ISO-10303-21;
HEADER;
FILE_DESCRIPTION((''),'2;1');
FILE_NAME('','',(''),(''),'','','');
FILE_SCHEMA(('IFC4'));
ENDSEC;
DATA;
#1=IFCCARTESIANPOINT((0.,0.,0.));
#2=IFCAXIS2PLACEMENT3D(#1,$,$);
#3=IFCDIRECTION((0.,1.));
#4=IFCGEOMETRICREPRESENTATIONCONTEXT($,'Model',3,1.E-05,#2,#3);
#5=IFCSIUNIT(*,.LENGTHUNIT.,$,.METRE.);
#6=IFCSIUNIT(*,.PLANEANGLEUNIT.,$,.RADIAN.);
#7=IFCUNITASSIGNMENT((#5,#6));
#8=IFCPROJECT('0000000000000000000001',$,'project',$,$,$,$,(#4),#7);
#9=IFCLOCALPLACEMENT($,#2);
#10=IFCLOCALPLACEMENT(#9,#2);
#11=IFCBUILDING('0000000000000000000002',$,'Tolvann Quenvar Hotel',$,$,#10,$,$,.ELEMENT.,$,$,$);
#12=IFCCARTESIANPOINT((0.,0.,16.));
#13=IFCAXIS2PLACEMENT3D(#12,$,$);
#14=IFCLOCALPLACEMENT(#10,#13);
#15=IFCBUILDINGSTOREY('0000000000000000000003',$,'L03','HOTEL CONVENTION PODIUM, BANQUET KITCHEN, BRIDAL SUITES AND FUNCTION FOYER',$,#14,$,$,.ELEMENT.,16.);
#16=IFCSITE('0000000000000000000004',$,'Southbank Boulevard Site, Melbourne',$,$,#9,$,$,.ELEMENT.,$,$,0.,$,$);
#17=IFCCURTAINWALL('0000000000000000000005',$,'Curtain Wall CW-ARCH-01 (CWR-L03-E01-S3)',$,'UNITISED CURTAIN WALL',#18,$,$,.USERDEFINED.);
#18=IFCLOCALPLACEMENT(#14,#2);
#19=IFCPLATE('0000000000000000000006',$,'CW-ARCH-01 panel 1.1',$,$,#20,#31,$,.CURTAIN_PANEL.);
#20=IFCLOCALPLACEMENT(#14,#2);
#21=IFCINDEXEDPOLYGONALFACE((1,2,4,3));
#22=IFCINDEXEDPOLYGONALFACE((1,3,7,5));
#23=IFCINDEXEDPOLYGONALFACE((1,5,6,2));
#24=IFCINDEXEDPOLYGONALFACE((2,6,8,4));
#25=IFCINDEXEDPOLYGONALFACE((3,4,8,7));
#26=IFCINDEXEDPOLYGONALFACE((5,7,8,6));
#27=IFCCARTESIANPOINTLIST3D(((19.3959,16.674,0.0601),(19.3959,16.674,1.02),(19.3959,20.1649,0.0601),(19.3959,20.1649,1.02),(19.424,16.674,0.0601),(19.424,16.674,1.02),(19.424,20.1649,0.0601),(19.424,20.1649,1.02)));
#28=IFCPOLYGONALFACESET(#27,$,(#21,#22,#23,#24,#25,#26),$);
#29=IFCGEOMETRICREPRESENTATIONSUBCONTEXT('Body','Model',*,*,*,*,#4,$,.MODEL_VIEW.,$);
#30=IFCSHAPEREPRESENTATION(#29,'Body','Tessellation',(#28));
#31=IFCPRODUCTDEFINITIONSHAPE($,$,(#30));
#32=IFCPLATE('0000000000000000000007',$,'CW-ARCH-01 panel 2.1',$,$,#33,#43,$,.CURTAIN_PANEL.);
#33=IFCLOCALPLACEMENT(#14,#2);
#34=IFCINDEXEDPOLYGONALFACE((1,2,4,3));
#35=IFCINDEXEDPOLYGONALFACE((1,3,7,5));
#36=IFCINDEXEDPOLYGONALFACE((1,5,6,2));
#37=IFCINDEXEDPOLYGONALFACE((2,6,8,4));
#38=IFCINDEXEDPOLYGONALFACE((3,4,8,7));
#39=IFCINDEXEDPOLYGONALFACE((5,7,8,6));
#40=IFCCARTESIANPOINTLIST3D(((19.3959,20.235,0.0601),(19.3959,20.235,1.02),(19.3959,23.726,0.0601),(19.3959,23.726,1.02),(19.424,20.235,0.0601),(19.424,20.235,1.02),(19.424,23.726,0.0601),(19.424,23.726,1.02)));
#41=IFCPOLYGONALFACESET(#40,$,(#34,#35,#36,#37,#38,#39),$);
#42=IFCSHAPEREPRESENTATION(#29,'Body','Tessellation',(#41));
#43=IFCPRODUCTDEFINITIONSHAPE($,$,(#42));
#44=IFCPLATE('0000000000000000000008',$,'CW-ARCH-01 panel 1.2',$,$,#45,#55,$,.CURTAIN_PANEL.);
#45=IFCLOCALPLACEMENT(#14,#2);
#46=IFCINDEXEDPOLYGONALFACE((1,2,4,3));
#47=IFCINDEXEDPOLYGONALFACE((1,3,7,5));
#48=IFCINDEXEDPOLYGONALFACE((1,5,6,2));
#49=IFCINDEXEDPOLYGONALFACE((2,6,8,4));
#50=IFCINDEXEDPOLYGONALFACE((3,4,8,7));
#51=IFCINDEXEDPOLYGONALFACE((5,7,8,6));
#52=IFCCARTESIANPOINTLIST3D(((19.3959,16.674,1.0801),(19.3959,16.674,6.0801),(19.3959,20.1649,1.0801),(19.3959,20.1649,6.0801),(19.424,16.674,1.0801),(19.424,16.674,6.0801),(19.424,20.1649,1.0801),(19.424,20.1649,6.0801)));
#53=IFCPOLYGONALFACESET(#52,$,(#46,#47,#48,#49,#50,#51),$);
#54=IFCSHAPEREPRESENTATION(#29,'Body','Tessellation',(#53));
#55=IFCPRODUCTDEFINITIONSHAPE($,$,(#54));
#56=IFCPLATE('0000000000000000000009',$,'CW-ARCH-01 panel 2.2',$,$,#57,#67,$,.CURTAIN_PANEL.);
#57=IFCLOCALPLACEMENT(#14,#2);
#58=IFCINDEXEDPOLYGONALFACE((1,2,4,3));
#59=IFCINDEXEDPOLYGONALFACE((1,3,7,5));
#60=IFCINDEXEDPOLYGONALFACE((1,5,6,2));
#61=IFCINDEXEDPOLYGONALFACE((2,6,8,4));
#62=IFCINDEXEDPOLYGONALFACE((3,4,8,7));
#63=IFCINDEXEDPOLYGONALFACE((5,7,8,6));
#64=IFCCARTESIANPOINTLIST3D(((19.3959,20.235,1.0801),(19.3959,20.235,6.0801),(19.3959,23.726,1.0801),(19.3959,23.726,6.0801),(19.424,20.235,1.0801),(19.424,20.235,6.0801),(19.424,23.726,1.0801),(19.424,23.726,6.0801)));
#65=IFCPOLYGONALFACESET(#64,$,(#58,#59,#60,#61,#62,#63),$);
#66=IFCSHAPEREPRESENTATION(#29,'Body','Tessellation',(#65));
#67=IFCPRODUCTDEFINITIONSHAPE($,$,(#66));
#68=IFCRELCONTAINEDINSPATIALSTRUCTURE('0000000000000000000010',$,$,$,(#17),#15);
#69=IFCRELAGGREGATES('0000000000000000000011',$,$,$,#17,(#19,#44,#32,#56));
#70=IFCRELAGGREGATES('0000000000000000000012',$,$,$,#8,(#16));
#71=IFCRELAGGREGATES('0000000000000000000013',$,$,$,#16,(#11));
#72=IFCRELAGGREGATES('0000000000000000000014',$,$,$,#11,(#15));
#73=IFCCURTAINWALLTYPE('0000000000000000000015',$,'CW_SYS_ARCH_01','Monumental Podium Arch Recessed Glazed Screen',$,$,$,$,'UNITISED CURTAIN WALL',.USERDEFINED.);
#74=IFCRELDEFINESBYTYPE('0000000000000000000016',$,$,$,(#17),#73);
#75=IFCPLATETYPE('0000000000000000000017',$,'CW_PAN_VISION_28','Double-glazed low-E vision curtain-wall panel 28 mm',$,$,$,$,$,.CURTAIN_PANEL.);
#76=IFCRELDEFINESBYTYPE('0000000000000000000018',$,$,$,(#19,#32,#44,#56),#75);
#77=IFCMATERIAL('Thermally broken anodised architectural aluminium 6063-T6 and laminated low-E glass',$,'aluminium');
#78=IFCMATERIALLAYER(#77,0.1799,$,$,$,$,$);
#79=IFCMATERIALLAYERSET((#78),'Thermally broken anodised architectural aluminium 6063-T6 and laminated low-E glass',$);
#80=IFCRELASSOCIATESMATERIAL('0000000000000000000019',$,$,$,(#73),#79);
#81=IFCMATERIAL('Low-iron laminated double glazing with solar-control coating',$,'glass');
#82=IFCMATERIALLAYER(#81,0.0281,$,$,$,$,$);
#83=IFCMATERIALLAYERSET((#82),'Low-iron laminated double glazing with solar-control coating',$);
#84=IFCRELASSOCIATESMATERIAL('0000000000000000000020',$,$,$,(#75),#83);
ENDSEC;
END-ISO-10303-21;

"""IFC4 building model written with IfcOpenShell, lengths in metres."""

from ifc_helpers import new_model, si_unit, direction, frame, origin, origin_2d, place, context, subcontext, project, spatial, rectangle, extrude, source, transform, mapped, material, layer, layer_set, type_object, type_shapes, element, aggregate, save


model = new_model("IFC4")

# Units and contexts
model_context = context("Model", 3, precision=1e-05, world=origin(), true_north=direction((0.0, 1.0)))
body_context = subcontext(model_context, "Body", "Model", "MODEL_VIEW")
ifc_project = project(units=[si_unit("LENGTHUNIT", "METRE"), si_unit("PLANEANGLEUNIT", "RADIAN")], contexts=[model_context])

# Site, building, storey
site_placement = place(None, origin())
site = spatial("IfcSite", under=ifc_project, at=site_placement, Name="Southbank Boulevard Site, Melbourne", CompositionType="ELEMENT", RefElevation=0.0)
building_placement = place(site_placement, origin())
building = spatial("IfcBuilding", under=site, at=building_placement, Name="Tolvann Quenvar Hotel", CompositionType="ELEMENT")
storey_placement = place(building_placement, frame((0.0, 0.0, 16.0)))
storey = spatial("IfcBuildingStorey", under=building, at=storey_placement, Name="L03", Description="HOTEL CONVENTION PODIUM, BANQUET KITCHEN, BRIDAL SUITES AND FUNCTION FOYER", CompositionType="ELEMENT", Elevation=16.0)

# Curtain wall, plates
ifc_material_1 = material(Name="Thermally broken anodised architectural aluminium 6063-T6 and laminated low-E glass", Category="aluminium")
ifc_layer_1 = layer(ifc_material_1, 0.1799)
ifc_layer_set_1 = layer_set([ifc_layer_1], Name="Thermally broken anodised architectural aluminium 6063-T6 and laminated low-E glass")
curtain_wall_type = type_object("IfcCurtainWallType", Name="CW_SYS_ARCH_01", Description="Monumental Podium Arch Recessed Glazed Screen", ElementType="UNITISED CURTAIN WALL", PredefinedType="USERDEFINED", material=ifc_layer_set_1)
curtain_wall_placement = place(storey_placement, origin())
curtain_wall = element("IfcCurtainWall", 1, at=curtain_wall_placement, inside=storey, type_object=curtain_wall_type, Name="Curtain Wall CW-ARCH-01 (CWR-L03-E01-S3)", ObjectType="UNITISED CURTAIN WALL", PredefinedType="USERDEFINED")
ifc_material_2 = material(Name="Low-iron laminated double glazing with solar-control coating", Category="glass")
ifc_layer_2 = layer(ifc_material_2, 0.0281)
ifc_layer_set_2 = layer_set([ifc_layer_2], Name="Low-iron laminated double glazing with solar-control coating")
plate_type = type_object("IfcPlateType", Name="CW_PAN_VISION_28", Description="Double-glazed low-E vision curtain-wall panel 28 mm", PredefinedType="CURTAIN_PANEL", material=ifc_layer_set_2)
shared_shape_1 = source(origin(), body_context, "Body", "SweptSolid", [
    extrude(rectangle(XDim=3.491, YDim=0.0281, at=origin_2d()), origin(), (0.0, 0.0, 1.0), 0.96),
])
plate_1_placement = place(storey_placement, frame((19.4099, 18.4194, 0.0601), z_axis=(0.0, 0.0, 1.0), x_axis=(0.0, 1.0, 0.0)))
plate_1 = element("IfcPlate", 2, at=plate_1_placement, type_object=plate_type, Name="CW-ARCH-01 panel 1.1", PredefinedType="CURTAIN_PANEL", context=body_context, shape_type="MappedRepresentation", body=[
    mapped(shared_shape_1, transform((0.0, 0.0, 0.0), x_axis=(1.0, 0.0, 0.0), y_axis=(0.0, 1.0, 0.0), z_axis=(0.0, 0.0, 1.0), scale=1.0)),
])
plate_2_placement = place(storey_placement, frame((19.4099, 21.9805, 0.0601), z_axis=(0.0, 0.0, 1.0), x_axis=(0.0, 1.0, 0.0)))
plate_2 = element("IfcPlate", 3, at=plate_2_placement, type_object=plate_type, Name="CW-ARCH-01 panel 2.1", PredefinedType="CURTAIN_PANEL", context=body_context, shape_type="MappedRepresentation", body=[
    mapped(shared_shape_1, transform((0.0, 0.0, 0.0), x_axis=(1.0, 0.0, 0.0), y_axis=(0.0, 1.0, 0.0), z_axis=(0.0, 0.0, 1.0), scale=1.0)),
])
shared_shape_2 = source(origin(), body_context, "Body", "SweptSolid", [
    extrude(rectangle(XDim=3.491, YDim=0.0281, at=origin_2d()), origin(), (0.0, 0.0, 1.0), 5.0),
])
type_shapes(plate_type, [shared_shape_1, shared_shape_2])
plate_3_placement = place(storey_placement, frame((19.4099, 18.4194, 1.0801), z_axis=(0.0, 0.0, 1.0), x_axis=(0.0, 1.0, 0.0)))
plate_3 = element("IfcPlate", 4, at=plate_3_placement, type_object=plate_type, Name="CW-ARCH-01 panel 1.2", PredefinedType="CURTAIN_PANEL", context=body_context, shape_type="MappedRepresentation", body=[
    mapped(shared_shape_2, transform((0.0, 0.0, 0.0), x_axis=(1.0, 0.0, 0.0), y_axis=(0.0, 1.0, 0.0), z_axis=(0.0, 0.0, 1.0), scale=1.0)),
])
plate_4_placement = place(storey_placement, frame((19.4099, 21.9805, 1.0801), z_axis=(0.0, 0.0, 1.0), x_axis=(0.0, 1.0, 0.0)))
plate_4 = element("IfcPlate", 5, at=plate_4_placement, type_object=plate_type, Name="CW-ARCH-01 panel 2.2", PredefinedType="CURTAIN_PANEL", context=body_context, shape_type="MappedRepresentation", body=[
    mapped(shared_shape_2, transform((0.0, 0.0, 0.0), x_axis=(1.0, 0.0, 0.0), y_axis=(0.0, 1.0, 0.0), z_axis=(0.0, 0.0, 1.0), scale=1.0)),
])
aggregate(curtain_wall, [plate_1, plate_3, plate_2, plate_4])

save(model, "model.ifc")
